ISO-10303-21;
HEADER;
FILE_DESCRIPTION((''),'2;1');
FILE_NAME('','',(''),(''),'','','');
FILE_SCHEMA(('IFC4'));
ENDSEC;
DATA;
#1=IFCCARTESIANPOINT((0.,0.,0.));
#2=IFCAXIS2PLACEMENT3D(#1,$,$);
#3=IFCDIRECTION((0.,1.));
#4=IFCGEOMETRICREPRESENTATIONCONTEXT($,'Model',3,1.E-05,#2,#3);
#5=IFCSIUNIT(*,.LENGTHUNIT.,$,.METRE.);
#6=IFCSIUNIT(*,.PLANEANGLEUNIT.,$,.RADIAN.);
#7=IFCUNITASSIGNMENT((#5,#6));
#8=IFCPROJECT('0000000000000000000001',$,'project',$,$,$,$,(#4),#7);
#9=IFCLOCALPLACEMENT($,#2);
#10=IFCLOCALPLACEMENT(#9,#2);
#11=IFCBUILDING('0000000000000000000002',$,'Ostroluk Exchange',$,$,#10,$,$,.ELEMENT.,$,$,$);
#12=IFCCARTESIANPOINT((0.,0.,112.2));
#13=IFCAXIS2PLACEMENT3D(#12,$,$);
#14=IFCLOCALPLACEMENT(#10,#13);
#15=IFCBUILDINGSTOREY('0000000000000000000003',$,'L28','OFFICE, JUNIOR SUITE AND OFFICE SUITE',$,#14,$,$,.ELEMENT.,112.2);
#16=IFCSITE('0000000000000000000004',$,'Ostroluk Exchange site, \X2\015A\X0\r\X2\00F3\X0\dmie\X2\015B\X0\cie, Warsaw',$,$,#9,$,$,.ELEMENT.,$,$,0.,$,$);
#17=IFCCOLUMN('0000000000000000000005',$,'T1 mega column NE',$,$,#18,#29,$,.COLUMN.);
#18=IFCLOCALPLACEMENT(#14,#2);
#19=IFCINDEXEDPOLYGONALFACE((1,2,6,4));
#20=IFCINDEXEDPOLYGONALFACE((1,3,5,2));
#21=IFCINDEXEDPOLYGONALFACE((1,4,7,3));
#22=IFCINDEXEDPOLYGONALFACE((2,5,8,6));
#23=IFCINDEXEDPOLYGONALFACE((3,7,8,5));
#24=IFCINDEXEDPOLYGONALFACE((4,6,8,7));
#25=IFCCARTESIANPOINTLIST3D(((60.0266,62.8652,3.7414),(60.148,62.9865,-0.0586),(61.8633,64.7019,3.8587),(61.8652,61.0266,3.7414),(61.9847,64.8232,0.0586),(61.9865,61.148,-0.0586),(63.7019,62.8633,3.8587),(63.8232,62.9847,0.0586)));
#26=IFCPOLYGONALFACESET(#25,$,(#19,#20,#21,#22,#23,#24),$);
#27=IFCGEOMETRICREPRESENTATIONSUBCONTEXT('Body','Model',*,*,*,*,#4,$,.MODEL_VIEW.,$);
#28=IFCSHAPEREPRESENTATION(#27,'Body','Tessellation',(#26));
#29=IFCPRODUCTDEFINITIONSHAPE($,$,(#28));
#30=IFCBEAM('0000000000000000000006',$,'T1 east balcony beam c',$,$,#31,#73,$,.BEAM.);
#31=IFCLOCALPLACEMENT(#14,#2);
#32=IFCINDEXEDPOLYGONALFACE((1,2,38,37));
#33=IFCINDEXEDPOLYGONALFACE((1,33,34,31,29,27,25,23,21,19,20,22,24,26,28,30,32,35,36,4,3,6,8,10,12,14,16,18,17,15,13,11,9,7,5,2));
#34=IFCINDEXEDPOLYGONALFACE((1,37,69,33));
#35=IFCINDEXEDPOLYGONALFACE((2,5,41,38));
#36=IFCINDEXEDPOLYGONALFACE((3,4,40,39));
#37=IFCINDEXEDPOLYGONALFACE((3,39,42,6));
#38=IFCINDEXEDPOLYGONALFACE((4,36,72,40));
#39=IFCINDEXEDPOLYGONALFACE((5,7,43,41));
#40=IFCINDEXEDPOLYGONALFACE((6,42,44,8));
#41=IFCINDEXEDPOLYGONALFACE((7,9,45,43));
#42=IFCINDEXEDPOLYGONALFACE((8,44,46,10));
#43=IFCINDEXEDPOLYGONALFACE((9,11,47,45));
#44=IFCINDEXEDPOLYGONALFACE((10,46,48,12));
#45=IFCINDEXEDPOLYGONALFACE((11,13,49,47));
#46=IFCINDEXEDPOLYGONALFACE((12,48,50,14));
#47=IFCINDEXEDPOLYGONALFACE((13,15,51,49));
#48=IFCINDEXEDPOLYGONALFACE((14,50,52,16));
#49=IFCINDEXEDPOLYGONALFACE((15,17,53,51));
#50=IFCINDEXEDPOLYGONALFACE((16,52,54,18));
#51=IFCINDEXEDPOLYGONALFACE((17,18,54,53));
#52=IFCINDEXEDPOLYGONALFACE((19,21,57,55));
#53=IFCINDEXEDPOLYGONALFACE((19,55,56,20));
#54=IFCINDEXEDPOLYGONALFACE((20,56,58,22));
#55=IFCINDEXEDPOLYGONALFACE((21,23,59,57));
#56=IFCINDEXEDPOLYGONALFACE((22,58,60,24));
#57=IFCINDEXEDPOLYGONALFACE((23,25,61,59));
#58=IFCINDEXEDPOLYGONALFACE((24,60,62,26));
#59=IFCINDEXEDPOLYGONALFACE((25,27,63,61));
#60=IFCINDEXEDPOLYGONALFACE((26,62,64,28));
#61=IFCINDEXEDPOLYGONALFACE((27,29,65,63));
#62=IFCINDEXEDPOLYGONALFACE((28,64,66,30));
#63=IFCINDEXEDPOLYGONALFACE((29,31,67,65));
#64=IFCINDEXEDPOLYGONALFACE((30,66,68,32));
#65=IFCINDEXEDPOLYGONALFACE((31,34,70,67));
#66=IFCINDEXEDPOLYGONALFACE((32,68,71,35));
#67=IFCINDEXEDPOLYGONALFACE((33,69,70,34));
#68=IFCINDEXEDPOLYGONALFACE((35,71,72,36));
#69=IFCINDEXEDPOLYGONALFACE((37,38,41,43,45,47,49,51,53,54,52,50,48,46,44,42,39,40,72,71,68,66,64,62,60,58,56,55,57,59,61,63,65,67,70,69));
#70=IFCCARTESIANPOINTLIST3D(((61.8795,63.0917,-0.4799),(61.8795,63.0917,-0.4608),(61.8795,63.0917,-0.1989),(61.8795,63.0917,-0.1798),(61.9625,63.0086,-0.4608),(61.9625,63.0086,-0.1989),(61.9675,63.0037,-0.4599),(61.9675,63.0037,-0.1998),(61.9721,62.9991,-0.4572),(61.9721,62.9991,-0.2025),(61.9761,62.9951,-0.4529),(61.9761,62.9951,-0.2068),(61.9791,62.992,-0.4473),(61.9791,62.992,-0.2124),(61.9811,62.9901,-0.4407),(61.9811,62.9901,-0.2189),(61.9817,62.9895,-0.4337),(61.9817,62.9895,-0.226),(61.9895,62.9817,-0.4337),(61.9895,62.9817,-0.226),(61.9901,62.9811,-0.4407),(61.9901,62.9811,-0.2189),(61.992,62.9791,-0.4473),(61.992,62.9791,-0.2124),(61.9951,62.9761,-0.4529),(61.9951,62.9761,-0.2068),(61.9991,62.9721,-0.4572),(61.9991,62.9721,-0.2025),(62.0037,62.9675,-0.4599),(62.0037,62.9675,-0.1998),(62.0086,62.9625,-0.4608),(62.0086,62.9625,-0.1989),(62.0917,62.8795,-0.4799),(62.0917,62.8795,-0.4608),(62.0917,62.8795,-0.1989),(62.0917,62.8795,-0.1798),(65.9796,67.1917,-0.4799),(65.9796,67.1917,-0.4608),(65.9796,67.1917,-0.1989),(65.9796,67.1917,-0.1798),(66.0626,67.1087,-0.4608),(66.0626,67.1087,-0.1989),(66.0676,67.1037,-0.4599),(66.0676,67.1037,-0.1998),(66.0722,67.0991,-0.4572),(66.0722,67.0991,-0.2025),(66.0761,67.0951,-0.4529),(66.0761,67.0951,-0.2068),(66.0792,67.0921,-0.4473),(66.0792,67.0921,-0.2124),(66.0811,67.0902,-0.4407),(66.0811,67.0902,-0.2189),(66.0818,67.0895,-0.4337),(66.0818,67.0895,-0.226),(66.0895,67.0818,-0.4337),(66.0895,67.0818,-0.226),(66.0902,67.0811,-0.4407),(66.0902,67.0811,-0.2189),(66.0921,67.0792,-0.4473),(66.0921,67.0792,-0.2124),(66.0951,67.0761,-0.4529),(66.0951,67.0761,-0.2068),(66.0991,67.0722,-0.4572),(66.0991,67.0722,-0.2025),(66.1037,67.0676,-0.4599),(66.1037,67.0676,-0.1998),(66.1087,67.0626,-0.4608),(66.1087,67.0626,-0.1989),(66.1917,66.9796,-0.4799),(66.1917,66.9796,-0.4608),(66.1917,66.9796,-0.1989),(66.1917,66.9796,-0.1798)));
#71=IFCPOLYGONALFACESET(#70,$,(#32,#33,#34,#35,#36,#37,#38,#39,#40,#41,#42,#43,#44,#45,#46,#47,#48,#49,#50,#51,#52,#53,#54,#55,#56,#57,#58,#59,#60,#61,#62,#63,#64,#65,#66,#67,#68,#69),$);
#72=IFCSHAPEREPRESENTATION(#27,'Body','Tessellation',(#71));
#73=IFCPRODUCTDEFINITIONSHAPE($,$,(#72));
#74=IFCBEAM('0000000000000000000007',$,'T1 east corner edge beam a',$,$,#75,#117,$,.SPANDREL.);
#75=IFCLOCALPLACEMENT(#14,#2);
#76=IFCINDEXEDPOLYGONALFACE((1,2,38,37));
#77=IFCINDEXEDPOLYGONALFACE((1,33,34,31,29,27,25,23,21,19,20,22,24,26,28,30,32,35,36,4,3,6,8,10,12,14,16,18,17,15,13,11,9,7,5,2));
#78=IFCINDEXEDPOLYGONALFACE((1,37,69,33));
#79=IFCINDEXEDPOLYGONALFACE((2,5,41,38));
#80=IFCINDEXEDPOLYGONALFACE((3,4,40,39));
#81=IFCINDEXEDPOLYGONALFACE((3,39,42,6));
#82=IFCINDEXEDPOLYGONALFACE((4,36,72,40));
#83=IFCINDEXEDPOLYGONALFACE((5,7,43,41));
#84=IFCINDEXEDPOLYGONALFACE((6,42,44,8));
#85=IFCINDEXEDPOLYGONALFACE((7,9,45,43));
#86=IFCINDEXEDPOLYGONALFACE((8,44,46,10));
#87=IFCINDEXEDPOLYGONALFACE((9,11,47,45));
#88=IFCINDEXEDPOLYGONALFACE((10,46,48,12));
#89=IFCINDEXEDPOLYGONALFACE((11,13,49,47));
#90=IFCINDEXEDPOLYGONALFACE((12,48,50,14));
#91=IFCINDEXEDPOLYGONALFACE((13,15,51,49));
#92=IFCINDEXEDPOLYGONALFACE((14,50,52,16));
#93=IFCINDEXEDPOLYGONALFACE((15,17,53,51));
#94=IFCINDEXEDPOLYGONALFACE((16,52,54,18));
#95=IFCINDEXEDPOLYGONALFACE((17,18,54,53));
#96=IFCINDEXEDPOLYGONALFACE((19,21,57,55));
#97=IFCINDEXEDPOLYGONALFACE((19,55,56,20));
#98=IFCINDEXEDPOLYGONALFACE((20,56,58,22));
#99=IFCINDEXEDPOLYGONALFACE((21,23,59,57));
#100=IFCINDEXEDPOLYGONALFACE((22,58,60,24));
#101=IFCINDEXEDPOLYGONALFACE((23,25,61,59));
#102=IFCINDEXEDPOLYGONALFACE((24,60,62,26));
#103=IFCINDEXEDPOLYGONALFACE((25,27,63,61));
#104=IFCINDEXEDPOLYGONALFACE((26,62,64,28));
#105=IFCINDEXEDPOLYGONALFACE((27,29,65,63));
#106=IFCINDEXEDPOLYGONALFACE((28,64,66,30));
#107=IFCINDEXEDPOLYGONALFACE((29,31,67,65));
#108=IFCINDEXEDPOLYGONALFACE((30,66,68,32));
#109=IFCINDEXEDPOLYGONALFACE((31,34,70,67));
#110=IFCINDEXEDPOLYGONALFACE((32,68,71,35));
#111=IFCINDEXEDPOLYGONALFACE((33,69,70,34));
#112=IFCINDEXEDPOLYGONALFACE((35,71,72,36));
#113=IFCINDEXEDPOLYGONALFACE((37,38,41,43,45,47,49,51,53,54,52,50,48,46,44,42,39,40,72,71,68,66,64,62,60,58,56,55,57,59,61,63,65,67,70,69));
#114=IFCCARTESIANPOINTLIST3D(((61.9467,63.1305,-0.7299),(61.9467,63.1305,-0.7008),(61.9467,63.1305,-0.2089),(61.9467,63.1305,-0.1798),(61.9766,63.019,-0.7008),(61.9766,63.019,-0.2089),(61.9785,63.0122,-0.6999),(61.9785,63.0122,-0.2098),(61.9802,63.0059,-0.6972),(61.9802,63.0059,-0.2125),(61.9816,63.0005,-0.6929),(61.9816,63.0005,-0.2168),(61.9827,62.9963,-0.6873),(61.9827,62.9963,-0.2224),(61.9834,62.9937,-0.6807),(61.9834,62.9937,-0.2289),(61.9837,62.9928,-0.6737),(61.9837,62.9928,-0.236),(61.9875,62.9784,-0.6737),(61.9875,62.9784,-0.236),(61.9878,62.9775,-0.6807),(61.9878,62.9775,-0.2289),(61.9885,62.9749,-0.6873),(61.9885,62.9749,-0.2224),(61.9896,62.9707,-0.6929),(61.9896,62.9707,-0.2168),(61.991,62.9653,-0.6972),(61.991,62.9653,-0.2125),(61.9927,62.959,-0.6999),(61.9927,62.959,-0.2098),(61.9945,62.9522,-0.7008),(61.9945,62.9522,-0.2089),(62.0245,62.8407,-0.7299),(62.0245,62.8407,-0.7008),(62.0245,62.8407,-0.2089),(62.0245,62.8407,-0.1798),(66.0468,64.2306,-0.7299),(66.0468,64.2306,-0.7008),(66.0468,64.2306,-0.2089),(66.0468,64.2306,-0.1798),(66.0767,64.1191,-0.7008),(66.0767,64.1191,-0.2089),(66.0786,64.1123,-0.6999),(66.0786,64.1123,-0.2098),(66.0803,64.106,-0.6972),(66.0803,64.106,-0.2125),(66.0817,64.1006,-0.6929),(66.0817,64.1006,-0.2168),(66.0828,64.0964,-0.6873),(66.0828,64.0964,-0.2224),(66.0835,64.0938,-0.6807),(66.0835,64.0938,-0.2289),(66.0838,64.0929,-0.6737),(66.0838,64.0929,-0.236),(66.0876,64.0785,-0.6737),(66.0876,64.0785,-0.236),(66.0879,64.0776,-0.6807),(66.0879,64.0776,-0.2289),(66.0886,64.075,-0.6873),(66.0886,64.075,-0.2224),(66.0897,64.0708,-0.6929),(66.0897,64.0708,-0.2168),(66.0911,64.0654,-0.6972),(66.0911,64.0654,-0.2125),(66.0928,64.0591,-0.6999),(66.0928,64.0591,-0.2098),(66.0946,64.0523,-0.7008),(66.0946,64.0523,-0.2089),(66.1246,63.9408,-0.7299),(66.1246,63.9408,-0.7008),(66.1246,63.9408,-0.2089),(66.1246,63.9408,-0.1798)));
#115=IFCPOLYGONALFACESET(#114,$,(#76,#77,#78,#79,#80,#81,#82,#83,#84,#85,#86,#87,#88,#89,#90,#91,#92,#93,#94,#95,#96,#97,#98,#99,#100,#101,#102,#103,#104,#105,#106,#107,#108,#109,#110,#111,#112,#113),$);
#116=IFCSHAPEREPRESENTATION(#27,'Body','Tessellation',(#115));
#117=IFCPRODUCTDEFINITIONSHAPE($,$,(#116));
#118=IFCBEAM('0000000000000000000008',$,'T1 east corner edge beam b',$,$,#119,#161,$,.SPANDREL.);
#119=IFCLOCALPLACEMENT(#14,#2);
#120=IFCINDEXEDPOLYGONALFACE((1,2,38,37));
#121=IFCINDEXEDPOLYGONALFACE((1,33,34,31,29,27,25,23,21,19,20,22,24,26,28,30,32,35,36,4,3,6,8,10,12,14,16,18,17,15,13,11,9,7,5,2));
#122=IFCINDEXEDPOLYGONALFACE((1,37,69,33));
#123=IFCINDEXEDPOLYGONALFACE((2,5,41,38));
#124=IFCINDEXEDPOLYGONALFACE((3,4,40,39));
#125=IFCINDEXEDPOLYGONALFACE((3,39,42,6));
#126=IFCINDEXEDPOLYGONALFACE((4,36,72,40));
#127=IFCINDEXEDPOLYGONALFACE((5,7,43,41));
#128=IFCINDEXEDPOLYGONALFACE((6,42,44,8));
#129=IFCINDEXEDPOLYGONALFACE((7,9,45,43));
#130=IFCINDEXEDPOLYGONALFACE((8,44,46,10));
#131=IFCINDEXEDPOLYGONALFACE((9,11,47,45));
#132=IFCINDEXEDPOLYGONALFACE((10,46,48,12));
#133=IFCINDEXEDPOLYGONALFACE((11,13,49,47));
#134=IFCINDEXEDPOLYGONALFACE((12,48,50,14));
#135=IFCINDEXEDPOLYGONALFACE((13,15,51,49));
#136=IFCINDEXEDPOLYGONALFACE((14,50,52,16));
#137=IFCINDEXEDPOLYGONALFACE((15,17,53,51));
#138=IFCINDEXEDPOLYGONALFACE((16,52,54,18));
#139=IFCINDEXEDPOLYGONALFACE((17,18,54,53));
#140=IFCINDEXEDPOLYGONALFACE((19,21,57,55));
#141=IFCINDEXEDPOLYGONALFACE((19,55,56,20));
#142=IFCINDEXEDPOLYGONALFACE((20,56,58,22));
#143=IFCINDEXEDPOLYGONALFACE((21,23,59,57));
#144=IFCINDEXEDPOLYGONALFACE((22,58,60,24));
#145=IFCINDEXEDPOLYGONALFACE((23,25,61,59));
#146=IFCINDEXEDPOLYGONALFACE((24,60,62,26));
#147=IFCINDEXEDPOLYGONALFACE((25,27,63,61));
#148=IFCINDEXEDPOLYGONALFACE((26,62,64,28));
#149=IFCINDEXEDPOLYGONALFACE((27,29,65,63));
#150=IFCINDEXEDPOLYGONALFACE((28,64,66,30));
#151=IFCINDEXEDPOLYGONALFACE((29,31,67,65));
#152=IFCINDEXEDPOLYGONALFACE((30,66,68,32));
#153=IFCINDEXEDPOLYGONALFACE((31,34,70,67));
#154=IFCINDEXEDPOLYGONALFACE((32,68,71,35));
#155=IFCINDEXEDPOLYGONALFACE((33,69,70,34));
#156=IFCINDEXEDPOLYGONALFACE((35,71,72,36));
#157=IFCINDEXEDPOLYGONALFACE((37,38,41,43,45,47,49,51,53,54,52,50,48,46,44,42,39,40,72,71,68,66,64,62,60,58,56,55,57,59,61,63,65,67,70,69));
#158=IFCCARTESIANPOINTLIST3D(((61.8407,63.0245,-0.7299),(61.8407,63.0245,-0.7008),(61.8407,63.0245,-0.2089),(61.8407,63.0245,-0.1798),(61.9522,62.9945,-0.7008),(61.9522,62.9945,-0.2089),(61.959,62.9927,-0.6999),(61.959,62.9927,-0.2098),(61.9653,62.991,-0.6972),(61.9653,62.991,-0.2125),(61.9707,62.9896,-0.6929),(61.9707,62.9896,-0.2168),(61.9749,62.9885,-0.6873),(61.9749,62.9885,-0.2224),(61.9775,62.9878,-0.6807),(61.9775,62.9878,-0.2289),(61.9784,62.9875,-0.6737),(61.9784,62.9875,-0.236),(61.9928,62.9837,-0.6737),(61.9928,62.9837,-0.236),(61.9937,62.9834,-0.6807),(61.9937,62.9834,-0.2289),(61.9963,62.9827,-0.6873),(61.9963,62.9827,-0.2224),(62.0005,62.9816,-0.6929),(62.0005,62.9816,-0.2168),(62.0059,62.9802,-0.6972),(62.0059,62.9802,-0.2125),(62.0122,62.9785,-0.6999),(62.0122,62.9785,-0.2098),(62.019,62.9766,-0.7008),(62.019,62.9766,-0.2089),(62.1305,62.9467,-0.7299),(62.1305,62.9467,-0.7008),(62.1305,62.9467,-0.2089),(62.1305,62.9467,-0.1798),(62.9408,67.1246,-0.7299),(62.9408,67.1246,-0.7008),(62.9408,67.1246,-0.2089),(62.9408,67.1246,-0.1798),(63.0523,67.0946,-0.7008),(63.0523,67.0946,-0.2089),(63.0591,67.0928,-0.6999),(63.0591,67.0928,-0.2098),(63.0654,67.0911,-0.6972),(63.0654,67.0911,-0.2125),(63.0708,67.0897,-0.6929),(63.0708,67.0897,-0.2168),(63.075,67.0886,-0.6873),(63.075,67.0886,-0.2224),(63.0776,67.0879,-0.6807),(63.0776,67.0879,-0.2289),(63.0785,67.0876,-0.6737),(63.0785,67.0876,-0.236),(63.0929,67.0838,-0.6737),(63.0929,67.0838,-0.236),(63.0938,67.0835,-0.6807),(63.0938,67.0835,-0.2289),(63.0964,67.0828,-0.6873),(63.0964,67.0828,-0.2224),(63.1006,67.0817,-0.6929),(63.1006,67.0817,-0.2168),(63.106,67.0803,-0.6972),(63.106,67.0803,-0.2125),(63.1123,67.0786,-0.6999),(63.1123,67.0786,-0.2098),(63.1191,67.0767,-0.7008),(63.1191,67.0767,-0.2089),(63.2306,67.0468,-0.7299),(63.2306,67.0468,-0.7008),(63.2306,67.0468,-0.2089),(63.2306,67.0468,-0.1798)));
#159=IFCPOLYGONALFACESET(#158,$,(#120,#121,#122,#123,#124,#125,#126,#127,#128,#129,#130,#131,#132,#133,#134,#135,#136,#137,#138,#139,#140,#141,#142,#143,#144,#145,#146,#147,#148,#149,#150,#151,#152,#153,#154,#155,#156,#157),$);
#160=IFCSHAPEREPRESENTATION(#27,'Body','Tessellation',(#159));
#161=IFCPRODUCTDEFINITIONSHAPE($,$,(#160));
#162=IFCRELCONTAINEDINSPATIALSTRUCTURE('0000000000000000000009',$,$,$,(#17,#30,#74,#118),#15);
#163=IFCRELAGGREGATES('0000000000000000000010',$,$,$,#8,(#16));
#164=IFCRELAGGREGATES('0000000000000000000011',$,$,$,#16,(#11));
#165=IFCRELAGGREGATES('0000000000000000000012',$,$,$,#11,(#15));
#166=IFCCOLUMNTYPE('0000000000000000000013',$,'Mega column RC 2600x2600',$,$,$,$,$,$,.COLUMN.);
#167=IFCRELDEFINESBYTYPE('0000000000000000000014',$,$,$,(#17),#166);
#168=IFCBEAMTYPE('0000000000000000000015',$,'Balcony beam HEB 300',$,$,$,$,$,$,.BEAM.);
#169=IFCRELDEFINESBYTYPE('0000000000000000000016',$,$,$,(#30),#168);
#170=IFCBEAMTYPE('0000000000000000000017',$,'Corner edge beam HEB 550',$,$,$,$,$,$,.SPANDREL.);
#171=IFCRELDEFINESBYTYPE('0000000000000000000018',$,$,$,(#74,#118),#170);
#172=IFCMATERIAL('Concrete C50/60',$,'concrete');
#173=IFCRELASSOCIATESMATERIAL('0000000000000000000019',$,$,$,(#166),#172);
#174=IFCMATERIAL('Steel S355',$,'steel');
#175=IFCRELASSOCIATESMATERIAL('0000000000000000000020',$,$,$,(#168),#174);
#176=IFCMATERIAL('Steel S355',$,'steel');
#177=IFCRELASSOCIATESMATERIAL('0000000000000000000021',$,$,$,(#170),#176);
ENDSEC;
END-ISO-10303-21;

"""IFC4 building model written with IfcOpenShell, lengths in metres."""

from ifc_helpers import new_model, si_unit, direction, frame, origin, origin_2d, place, context, subcontext, project, spatial, rectangle, i_section, extrude, material, material_profile, profile_set, type_object, element, save


model = new_model("IFC4")

# Units and contexts
model_context = context("Model", 3, precision=1e-05, world=origin(), true_north=direction((0.0, 1.0)))
body_context = subcontext(model_context, "Body", "Model", "MODEL_VIEW")
ifc_project = project(units=[si_unit("LENGTHUNIT", "METRE"), si_unit("PLANEANGLEUNIT", "RADIAN")], contexts=[model_context])

# Site, building, storey
site_placement = place(None, origin())
site = spatial("IfcSite", under=ifc_project, at=site_placement, Name="Ostroluk Exchange site, Śródmieście, Warsaw", CompositionType="ELEMENT", RefElevation=0.0)
building_placement = place(site_placement, origin())
building = spatial("IfcBuilding", under=site, at=building_placement, Name="Ostroluk Exchange", CompositionType="ELEMENT")
storey_placement = place(building_placement, frame((0.0, 0.0, 112.2)))
storey = spatial("IfcBuildingStorey", under=building, at=storey_placement, Name="L28", Description="OFFICE, JUNIOR SUITE AND OFFICE SUITE", CompositionType="ELEMENT", Elevation=112.2)

# Column
ifc_material_1 = material(Name="Concrete C50/60", Category="concrete")
ifc_material_profile_1 = material_profile(ifc_material_1, rectangle(XDim=2.6001, YDim=2.6001, at=origin_2d()), Name="RC 2600x2600")
ifc_profile_set_1 = profile_set([ifc_material_profile_1], Name="Concrete C50/60")
column_type = type_object("IfcColumnType", Name="Mega column RC 2600x2600", PredefinedType="COLUMN", material=ifc_profile_set_1)
column_placement = place(storey_placement, frame((61.9856, 62.9856, 0.0), z_axis=(-0.031898, -0.031898, 0.998982), x_axis=(0.707107, -0.707107, 0.0)))
element("IfcColumn", 1, at=column_placement, inside=storey, type_object=column_type, Name="T1 mega column NE", PredefinedType="COLUMN", context=body_context, shape_type="SweptSolid", body=[
    extrude(rectangle(XDim=2.6001, YDim=2.6001, at=origin_2d()), origin(), (0.0, 0.0, 1.0), 3.804),
])

# Beams
ifc_material_2 = material(Name="Steel S355", Category="steel")
ifc_material_profile_2 = material_profile(ifc_material_2, i_section(OverallWidth=0.3, OverallDepth=0.3, WebThickness=0.011, FlangeThickness=0.019, FilletRadius=0.0271, at=origin_2d()), Name="HEB 300")
ifc_profile_set_2 = profile_set([ifc_material_profile_2], Name="Steel S355")
beam_type_1 = type_object("IfcBeamType", Name="Balcony beam HEB 300", PredefinedType="BEAM", material=ifc_profile_set_2)
beam_1_placement = place(storey_placement, frame((61.9856, 62.9856, -0.3298), z_axis=(0.707107, 0.707107, 0.0), x_axis=(-0.707107, 0.707107, 0.0)))
element("IfcBeam", 2, at=beam_1_placement, inside=storey, type_object=beam_type_1, Name="T1 east balcony beam c", PredefinedType="BEAM", context=body_context, shape_type="SweptSolid", body=[
    extrude(i_section(OverallWidth=0.3, OverallDepth=0.3, WebThickness=0.011, FlangeThickness=0.019, FilletRadius=0.0271, at=origin_2d()), origin(), (0.0, 0.0, 1.0), 5.7983),
])
ifc_material_3 = material(Name="Steel S355", Category="steel")
ifc_material_profile_3 = material_profile(ifc_material_3, i_section(OverallWidth=0.3, OverallDepth=0.55, WebThickness=0.0149, FlangeThickness=0.0291, FilletRadius=0.0271, at=origin_2d()), Name="HEB 550")
ifc_profile_set_3 = profile_set([ifc_material_profile_3], Name="Steel S355")
beam_type_2 = type_object("IfcBeamType", Name="Corner edge beam HEB 550", PredefinedType="SPANDREL", material=ifc_profile_set_3)
for number, where, z_axis, x_axis, name in (
    (3, (61.9856, 62.9856, -0.4548), (0.965839, 0.259144, 0.0), (-0.259144, 0.965839, 0.0), "T1 east corner edge beam a"),
    (4, (61.9856, 62.9856, -0.4548), (0.259144, 0.965839, 0.0), (-0.965839, 0.259144, 0.0), "T1 east corner edge beam b"),
):
    element("IfcBeam", number, at=place(storey_placement, frame(where, z_axis=z_axis, x_axis=x_axis)), inside=storey, type_object=beam_type_2, Name=name, PredefinedType="SPANDREL", context=body_context, shape_type="SweptSolid", body=[
        extrude(i_section(OverallWidth=0.3, OverallDepth=0.55, WebThickness=0.0149, FlangeThickness=0.0291, FilletRadius=0.0271, at=origin_2d()), origin(), (0.0, 0.0, 1.0), 4.2451),
    ])

save(model, "model.ifc")
